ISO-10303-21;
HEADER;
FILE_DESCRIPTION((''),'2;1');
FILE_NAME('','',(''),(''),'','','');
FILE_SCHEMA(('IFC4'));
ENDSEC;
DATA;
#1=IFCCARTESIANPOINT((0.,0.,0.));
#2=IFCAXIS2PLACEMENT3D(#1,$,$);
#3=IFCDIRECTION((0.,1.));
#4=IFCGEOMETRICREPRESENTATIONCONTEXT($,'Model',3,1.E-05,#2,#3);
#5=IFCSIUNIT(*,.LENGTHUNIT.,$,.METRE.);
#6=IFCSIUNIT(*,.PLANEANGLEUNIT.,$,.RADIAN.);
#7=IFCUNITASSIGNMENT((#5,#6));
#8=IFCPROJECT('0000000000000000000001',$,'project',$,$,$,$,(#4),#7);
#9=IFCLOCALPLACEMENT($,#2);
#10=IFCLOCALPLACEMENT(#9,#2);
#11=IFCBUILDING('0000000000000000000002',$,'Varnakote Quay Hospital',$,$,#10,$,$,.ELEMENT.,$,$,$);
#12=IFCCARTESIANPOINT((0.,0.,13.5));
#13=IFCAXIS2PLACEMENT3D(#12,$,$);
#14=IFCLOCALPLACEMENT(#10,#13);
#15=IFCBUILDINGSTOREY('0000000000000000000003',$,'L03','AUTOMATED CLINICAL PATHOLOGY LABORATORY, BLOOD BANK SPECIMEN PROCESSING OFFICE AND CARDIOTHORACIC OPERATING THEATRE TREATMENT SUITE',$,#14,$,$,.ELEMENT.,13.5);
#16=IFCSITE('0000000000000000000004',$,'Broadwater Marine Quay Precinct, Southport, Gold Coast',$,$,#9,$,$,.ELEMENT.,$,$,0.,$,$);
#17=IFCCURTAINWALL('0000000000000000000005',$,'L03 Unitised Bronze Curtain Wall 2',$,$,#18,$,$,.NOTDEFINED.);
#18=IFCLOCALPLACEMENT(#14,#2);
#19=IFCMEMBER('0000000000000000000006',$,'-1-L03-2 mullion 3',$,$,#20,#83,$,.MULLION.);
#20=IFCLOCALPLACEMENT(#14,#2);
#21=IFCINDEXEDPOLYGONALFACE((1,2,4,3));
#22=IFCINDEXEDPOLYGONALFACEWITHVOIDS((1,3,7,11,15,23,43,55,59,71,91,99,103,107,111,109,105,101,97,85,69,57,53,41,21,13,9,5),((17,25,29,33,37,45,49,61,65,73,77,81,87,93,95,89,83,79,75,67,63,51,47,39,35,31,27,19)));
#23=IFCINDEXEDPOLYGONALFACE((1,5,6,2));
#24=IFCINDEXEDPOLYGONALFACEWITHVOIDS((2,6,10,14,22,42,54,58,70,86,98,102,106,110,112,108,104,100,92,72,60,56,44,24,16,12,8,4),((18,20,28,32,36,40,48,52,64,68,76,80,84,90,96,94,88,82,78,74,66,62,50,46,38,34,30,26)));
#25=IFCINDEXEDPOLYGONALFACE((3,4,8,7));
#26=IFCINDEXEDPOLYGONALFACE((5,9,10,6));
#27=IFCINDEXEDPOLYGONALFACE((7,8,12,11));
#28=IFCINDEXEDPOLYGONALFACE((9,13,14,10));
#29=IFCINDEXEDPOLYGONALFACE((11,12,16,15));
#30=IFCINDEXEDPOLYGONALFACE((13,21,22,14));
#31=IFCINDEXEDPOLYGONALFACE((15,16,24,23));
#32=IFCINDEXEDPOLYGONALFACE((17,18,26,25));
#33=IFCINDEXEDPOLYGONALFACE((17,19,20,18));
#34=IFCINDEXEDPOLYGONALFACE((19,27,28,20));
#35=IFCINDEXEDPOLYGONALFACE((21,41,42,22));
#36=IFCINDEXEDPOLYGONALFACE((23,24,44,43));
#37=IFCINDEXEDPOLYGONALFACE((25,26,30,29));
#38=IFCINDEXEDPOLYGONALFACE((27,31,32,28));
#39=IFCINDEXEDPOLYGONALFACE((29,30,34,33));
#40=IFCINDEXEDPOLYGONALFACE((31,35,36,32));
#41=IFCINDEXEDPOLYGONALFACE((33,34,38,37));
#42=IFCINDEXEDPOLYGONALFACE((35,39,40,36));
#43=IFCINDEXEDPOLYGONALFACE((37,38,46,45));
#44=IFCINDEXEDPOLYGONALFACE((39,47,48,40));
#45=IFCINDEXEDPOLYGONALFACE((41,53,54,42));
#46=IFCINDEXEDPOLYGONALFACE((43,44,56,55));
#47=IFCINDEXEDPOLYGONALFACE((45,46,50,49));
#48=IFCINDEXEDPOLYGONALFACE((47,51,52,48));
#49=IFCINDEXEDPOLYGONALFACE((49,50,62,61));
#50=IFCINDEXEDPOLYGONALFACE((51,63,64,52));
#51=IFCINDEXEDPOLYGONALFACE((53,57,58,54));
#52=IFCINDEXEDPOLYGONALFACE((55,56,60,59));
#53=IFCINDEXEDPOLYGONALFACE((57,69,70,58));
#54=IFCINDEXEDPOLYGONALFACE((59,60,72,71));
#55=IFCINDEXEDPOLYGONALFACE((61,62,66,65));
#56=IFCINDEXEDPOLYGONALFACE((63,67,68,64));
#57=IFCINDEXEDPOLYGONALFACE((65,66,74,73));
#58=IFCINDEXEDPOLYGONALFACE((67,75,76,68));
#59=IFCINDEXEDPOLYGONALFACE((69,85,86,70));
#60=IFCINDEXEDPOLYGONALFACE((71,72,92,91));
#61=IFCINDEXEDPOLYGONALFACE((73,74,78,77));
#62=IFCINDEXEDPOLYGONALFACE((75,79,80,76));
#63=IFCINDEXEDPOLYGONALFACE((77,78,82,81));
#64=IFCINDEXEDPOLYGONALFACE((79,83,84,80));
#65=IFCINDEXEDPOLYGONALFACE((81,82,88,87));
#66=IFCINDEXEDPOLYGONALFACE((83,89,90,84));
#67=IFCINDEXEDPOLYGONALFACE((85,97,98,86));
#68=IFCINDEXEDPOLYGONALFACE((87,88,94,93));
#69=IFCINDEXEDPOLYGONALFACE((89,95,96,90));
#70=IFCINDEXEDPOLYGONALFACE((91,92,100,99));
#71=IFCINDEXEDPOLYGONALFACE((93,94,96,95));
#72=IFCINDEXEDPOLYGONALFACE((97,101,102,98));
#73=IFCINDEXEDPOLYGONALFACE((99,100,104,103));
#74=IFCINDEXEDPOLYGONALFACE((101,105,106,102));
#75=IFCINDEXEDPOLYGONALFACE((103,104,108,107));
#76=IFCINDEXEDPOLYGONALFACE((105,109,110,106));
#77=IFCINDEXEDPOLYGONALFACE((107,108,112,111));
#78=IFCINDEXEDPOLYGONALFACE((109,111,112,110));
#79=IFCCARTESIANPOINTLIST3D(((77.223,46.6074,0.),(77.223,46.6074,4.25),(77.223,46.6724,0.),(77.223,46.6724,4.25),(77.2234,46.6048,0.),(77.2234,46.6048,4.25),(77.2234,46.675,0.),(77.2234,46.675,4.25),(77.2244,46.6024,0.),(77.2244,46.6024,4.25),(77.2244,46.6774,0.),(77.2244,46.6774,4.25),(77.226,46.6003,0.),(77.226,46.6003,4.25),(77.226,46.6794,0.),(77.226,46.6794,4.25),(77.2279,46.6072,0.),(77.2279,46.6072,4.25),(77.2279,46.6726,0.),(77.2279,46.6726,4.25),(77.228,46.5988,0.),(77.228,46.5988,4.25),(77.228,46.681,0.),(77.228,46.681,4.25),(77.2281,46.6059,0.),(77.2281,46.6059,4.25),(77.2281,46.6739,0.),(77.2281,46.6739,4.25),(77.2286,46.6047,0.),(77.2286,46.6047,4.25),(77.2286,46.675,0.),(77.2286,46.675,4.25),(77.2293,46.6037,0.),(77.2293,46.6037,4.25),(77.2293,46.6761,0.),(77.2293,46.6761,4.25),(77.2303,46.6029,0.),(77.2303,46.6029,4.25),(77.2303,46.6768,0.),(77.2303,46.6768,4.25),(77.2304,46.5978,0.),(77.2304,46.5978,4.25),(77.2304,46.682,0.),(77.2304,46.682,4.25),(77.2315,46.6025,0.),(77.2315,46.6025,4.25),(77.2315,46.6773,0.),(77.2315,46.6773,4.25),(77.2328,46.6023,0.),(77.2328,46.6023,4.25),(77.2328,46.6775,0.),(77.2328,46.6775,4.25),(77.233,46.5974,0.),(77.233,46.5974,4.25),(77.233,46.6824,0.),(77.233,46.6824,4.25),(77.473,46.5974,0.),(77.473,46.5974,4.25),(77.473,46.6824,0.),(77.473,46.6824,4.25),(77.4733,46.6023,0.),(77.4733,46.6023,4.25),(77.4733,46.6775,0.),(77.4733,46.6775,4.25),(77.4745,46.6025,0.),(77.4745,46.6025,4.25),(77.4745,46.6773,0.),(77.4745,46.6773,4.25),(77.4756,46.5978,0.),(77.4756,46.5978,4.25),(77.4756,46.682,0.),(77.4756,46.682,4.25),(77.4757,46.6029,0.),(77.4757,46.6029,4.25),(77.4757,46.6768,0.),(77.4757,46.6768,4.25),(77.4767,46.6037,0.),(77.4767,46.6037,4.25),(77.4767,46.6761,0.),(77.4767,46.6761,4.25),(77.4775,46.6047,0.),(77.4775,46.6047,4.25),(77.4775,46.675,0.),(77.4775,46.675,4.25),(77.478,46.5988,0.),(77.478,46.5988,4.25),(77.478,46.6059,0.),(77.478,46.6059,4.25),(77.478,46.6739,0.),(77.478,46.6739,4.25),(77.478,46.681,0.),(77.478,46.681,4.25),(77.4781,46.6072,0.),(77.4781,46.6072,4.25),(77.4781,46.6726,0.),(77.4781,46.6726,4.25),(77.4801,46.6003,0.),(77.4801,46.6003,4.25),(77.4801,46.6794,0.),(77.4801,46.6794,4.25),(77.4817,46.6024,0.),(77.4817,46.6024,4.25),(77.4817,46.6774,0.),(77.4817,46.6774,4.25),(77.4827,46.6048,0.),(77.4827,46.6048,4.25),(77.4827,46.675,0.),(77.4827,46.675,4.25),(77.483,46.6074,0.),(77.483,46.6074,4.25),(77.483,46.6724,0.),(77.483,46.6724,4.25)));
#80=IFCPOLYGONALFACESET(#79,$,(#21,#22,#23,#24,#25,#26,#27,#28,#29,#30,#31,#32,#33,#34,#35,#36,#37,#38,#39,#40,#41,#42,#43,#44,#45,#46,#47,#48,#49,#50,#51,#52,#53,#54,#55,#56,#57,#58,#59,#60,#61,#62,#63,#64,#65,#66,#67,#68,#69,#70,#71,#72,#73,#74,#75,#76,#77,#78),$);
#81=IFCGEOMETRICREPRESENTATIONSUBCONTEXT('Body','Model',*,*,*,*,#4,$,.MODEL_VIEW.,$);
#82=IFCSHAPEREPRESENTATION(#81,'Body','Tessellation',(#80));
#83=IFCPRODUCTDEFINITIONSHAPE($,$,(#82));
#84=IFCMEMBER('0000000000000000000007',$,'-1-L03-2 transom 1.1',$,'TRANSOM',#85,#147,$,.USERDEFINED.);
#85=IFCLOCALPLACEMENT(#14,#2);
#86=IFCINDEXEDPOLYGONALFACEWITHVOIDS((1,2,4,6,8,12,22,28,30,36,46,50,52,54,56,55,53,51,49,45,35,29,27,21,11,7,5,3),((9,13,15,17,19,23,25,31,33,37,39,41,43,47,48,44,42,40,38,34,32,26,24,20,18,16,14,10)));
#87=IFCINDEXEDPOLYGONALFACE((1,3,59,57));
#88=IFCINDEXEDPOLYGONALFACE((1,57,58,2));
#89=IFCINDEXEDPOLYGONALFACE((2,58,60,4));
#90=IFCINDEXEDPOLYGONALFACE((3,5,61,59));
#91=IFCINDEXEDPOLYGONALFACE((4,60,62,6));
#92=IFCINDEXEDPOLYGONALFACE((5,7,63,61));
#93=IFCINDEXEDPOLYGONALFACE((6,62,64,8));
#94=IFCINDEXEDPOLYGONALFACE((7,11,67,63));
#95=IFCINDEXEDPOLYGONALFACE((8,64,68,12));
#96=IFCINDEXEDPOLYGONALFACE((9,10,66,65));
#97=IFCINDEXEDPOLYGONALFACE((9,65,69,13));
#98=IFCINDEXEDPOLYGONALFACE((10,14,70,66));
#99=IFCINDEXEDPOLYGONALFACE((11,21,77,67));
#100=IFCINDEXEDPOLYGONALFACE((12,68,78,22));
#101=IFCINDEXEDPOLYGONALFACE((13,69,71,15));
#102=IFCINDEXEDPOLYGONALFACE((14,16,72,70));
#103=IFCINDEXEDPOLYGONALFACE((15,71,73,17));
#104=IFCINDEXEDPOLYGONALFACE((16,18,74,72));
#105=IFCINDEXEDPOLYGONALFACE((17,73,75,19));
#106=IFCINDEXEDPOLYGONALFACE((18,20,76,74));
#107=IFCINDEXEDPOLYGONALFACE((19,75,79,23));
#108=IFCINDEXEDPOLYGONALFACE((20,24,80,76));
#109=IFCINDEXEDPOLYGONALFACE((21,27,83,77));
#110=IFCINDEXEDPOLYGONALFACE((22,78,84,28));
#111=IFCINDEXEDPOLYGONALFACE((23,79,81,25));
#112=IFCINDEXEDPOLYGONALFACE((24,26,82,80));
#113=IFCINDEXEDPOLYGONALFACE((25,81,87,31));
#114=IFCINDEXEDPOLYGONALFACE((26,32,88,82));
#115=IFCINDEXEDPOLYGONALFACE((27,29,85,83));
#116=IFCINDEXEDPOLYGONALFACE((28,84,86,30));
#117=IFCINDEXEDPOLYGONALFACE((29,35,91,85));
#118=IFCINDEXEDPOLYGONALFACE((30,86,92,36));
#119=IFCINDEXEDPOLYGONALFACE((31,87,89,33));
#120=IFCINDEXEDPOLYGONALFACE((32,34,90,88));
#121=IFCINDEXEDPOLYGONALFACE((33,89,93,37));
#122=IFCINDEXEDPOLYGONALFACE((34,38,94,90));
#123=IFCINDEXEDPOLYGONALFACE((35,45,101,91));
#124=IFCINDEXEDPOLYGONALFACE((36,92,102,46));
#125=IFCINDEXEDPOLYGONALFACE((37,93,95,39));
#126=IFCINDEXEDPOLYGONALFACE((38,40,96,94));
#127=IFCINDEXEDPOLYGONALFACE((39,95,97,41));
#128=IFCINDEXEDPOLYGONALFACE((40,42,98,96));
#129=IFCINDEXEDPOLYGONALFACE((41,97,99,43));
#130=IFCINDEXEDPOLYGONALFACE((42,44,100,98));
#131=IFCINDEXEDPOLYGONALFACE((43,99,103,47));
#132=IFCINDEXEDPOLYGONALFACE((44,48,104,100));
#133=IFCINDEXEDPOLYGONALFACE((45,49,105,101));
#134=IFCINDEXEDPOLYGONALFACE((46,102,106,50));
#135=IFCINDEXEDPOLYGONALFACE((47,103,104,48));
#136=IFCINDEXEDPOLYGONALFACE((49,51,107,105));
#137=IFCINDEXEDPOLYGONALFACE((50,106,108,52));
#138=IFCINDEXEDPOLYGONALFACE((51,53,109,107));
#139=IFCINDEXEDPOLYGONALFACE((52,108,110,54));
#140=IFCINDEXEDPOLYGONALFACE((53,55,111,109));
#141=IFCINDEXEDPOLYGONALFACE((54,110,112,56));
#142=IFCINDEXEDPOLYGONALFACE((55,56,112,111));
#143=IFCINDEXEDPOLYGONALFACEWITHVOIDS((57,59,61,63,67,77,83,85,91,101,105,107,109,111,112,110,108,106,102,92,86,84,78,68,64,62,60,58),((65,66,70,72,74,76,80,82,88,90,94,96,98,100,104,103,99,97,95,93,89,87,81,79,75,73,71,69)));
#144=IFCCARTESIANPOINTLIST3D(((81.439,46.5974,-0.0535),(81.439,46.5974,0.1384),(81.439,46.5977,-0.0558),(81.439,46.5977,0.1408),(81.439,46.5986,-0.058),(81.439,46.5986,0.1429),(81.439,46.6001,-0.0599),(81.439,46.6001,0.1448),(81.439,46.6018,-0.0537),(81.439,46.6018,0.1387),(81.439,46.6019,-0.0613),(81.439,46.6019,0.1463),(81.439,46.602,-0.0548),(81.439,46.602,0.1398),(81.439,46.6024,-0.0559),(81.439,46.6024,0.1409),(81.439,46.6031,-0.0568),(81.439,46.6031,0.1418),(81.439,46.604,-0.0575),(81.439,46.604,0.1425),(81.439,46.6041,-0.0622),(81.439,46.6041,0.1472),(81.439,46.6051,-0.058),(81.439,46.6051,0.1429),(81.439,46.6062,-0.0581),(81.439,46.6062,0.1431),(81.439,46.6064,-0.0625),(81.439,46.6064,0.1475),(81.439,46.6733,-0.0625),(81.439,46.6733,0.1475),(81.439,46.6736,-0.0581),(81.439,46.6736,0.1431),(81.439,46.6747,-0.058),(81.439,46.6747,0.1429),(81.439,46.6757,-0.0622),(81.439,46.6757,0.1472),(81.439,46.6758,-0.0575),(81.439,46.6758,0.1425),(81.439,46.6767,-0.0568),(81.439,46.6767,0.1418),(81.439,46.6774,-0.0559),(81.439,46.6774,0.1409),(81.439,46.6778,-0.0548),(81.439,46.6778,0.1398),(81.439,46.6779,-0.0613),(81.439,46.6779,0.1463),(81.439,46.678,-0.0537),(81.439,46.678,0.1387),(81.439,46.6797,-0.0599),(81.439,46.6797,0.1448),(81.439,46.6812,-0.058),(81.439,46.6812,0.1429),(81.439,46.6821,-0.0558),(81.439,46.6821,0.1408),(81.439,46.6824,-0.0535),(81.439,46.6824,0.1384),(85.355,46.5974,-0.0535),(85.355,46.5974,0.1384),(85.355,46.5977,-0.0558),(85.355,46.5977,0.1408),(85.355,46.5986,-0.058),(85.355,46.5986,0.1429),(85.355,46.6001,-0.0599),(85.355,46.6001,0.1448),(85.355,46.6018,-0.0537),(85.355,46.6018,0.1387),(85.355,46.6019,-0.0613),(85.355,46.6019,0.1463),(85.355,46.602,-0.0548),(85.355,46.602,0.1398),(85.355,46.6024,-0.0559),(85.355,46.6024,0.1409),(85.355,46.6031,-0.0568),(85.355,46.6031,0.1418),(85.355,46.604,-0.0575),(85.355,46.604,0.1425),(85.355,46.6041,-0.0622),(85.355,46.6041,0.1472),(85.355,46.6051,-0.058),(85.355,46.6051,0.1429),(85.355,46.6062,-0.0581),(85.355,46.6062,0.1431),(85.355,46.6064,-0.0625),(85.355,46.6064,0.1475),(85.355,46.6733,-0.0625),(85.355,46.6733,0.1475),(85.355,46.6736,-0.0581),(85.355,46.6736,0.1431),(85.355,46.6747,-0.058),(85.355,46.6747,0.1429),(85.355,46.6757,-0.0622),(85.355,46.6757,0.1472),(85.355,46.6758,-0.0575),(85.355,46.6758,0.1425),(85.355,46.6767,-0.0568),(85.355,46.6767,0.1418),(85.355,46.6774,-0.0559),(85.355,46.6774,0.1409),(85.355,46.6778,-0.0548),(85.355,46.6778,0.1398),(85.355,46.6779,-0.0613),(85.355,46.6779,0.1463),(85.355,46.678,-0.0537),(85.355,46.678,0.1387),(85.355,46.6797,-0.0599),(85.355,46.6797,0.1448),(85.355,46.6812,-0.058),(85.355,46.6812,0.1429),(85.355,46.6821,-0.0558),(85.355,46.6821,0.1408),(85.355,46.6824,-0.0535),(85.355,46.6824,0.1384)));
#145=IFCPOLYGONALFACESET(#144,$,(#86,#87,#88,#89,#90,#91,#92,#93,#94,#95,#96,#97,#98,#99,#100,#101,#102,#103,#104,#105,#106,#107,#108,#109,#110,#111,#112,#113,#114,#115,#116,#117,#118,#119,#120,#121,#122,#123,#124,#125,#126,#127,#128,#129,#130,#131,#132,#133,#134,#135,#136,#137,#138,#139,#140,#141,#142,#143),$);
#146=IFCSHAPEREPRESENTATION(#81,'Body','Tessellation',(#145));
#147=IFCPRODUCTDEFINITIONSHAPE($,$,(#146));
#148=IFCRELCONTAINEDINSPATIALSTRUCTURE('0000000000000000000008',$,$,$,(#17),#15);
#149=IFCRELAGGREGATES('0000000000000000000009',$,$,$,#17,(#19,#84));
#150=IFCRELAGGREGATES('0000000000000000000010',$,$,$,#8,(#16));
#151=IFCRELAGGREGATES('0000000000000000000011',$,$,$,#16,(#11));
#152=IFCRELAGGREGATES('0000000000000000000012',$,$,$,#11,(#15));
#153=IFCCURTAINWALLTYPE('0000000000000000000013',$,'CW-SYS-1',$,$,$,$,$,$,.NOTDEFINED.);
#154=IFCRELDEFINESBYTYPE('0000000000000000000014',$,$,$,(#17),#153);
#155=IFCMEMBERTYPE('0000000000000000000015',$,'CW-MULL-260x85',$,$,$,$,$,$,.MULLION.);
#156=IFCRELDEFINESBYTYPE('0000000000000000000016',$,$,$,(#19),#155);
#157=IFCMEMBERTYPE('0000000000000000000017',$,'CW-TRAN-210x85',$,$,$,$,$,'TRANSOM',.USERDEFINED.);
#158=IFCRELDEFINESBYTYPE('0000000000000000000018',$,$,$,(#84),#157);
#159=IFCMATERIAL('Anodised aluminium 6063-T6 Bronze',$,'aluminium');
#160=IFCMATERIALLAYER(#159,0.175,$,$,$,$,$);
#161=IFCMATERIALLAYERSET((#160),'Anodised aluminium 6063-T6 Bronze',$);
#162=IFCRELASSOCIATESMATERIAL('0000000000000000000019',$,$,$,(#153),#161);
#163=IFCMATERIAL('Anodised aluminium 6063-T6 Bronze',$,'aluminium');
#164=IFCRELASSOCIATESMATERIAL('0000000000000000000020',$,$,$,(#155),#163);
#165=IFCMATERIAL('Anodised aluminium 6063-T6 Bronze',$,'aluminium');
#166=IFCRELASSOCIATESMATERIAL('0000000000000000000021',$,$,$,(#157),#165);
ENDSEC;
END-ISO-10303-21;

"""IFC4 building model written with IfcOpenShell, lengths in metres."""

from ifc_helpers import new_model, si_unit, direction, frame, origin, origin_2d, place, context, subcontext, project, spatial, hollow_rectangle, extrude, material, layer, layer_set, material_profile, profile_set, type_object, element, aggregate, save


model = new_model("IFC4")

# Units and contexts
model_context = context("Model", 3, precision=1e-05, world=origin(), true_north=direction((0.0, 1.0)))
body_context = subcontext(model_context, "Body", "Model", "MODEL_VIEW")
ifc_project = project(units=[si_unit("LENGTHUNIT", "METRE"), si_unit("PLANEANGLEUNIT", "RADIAN")], contexts=[model_context])

# Site, building, storey
site_placement = place(None, origin())
site = spatial("IfcSite", under=ifc_project, at=site_placement, Name="Broadwater Marine Quay Precinct, Southport, Gold Coast", CompositionType="ELEMENT", RefElevation=0.0)
building_placement = place(site_placement, origin())
building = spatial("IfcBuilding", under=site, at=building_placement, Name="Varnakote Quay Hospital", CompositionType="ELEMENT")
storey_placement = place(building_placement, frame((0.0, 0.0, 13.5)))
storey = spatial("IfcBuildingStorey", under=building, at=storey_placement, Name="L03", Description="AUTOMATED CLINICAL PATHOLOGY LABORATORY, BLOOD BANK SPECIMEN PROCESSING OFFICE AND CARDIOTHORACIC OPERATING THEATRE TREATMENT SUITE", CompositionType="ELEMENT", Elevation=13.5)

# Shared definitions
ifc_material_1 = material(Name="Anodised aluminium 6063-T6 Bronze", Category="aluminium")
ifc_layer_1 = layer(ifc_material_1, 0.175)
ifc_layer_set_1 = layer_set([ifc_layer_1], Name="Anodised aluminium 6063-T6 Bronze")
curtain_wall_type = type_object("IfcCurtainWallType", Name="CW-SYS-1", PredefinedType="NOTDEFINED", material=ifc_layer_set_1)
ifc_material_2 = material(Name="Anodised aluminium 6063-T6 Bronze", Category="aluminium")
ifc_material_profile_1 = material_profile(ifc_material_2, hollow_rectangle(XDim=0.085, YDim=0.26, WallThickness=0.0049, InnerFilletRadius=0.0049, OuterFilletRadius=0.01, at=origin_2d()), Name="CW-MULL-260x85")
ifc_profile_set_1 = profile_set([ifc_material_profile_1], Name="Anodised aluminium 6063-T6 Bronze")
member_type_1 = type_object("IfcMemberType", Name="CW-MULL-260x85", PredefinedType="MULLION", material=ifc_profile_set_1)

# Curtain wall, members
curtain_wall_1_placement = place(storey_placement, origin())
curtain_wall_1 = element("IfcCurtainWall", 1, at=curtain_wall_1_placement, inside=storey, type_object=curtain_wall_type, Name="L03 Unitised Bronze Curtain Wall 2", PredefinedType="NOTDEFINED")
member_1_placement = place(storey_placement, frame((77.353, 46.6399, 0.0), z_axis=(0.0, 0.0, 1.0), x_axis=(0.0, -1.0, 0.0)))
member_1 = element("IfcMember", 2, at=member_1_placement, type_object=member_type_1, Name="-1-L03-2 mullion 3", PredefinedType="MULLION", context=body_context, shape_type="SweptSolid", body=[
    extrude(hollow_rectangle(XDim=0.085, YDim=0.26, WallThickness=0.0049, InnerFilletRadius=0.0049, OuterFilletRadius=0.01, at=origin_2d()), origin(), (0.0, 0.0, 1.0), 4.25),
])
ifc_material_3 = material(Name="Anodised aluminium 6063-T6 Bronze", Category="aluminium")
ifc_material_profile_2 = material_profile(ifc_material_3, hollow_rectangle(XDim=0.085, YDim=0.21, WallThickness=0.0044, InnerFilletRadius=0.0044, OuterFilletRadius=0.009, at=origin_2d()), Name="CW-TRAN-210x85")
ifc_profile_set_2 = profile_set([ifc_material_profile_2], Name="Anodised aluminium 6063-T6 Bronze")
member_type_2 = type_object("IfcMemberType", Name="CW-TRAN-210x85", ElementType="TRANSOM", PredefinedType="USERDEFINED", material=ifc_profile_set_2)
member_2_placement = place(storey_placement, frame((85.355, 46.6399, 0.0425), z_axis=(-1.0, 0.0, 0.0), x_axis=(0.0, -1.0, 0.0)))
member_2 = element("IfcMember", 3, at=member_2_placement, type_object=member_type_2, Name="-1-L03-2 transom 1.1", ObjectType="TRANSOM", PredefinedType="USERDEFINED", context=body_context, shape_type="SweptSolid", body=[
    extrude(hollow_rectangle(XDim=0.085, YDim=0.21, WallThickness=0.0044, InnerFilletRadius=0.0044, OuterFilletRadius=0.009, at=origin_2d()), origin(), (0.0, 0.0, 1.0), 3.916),
])

aggregate(curtain_wall_1, [member_1, member_2])

save(model, "model.ifc")
